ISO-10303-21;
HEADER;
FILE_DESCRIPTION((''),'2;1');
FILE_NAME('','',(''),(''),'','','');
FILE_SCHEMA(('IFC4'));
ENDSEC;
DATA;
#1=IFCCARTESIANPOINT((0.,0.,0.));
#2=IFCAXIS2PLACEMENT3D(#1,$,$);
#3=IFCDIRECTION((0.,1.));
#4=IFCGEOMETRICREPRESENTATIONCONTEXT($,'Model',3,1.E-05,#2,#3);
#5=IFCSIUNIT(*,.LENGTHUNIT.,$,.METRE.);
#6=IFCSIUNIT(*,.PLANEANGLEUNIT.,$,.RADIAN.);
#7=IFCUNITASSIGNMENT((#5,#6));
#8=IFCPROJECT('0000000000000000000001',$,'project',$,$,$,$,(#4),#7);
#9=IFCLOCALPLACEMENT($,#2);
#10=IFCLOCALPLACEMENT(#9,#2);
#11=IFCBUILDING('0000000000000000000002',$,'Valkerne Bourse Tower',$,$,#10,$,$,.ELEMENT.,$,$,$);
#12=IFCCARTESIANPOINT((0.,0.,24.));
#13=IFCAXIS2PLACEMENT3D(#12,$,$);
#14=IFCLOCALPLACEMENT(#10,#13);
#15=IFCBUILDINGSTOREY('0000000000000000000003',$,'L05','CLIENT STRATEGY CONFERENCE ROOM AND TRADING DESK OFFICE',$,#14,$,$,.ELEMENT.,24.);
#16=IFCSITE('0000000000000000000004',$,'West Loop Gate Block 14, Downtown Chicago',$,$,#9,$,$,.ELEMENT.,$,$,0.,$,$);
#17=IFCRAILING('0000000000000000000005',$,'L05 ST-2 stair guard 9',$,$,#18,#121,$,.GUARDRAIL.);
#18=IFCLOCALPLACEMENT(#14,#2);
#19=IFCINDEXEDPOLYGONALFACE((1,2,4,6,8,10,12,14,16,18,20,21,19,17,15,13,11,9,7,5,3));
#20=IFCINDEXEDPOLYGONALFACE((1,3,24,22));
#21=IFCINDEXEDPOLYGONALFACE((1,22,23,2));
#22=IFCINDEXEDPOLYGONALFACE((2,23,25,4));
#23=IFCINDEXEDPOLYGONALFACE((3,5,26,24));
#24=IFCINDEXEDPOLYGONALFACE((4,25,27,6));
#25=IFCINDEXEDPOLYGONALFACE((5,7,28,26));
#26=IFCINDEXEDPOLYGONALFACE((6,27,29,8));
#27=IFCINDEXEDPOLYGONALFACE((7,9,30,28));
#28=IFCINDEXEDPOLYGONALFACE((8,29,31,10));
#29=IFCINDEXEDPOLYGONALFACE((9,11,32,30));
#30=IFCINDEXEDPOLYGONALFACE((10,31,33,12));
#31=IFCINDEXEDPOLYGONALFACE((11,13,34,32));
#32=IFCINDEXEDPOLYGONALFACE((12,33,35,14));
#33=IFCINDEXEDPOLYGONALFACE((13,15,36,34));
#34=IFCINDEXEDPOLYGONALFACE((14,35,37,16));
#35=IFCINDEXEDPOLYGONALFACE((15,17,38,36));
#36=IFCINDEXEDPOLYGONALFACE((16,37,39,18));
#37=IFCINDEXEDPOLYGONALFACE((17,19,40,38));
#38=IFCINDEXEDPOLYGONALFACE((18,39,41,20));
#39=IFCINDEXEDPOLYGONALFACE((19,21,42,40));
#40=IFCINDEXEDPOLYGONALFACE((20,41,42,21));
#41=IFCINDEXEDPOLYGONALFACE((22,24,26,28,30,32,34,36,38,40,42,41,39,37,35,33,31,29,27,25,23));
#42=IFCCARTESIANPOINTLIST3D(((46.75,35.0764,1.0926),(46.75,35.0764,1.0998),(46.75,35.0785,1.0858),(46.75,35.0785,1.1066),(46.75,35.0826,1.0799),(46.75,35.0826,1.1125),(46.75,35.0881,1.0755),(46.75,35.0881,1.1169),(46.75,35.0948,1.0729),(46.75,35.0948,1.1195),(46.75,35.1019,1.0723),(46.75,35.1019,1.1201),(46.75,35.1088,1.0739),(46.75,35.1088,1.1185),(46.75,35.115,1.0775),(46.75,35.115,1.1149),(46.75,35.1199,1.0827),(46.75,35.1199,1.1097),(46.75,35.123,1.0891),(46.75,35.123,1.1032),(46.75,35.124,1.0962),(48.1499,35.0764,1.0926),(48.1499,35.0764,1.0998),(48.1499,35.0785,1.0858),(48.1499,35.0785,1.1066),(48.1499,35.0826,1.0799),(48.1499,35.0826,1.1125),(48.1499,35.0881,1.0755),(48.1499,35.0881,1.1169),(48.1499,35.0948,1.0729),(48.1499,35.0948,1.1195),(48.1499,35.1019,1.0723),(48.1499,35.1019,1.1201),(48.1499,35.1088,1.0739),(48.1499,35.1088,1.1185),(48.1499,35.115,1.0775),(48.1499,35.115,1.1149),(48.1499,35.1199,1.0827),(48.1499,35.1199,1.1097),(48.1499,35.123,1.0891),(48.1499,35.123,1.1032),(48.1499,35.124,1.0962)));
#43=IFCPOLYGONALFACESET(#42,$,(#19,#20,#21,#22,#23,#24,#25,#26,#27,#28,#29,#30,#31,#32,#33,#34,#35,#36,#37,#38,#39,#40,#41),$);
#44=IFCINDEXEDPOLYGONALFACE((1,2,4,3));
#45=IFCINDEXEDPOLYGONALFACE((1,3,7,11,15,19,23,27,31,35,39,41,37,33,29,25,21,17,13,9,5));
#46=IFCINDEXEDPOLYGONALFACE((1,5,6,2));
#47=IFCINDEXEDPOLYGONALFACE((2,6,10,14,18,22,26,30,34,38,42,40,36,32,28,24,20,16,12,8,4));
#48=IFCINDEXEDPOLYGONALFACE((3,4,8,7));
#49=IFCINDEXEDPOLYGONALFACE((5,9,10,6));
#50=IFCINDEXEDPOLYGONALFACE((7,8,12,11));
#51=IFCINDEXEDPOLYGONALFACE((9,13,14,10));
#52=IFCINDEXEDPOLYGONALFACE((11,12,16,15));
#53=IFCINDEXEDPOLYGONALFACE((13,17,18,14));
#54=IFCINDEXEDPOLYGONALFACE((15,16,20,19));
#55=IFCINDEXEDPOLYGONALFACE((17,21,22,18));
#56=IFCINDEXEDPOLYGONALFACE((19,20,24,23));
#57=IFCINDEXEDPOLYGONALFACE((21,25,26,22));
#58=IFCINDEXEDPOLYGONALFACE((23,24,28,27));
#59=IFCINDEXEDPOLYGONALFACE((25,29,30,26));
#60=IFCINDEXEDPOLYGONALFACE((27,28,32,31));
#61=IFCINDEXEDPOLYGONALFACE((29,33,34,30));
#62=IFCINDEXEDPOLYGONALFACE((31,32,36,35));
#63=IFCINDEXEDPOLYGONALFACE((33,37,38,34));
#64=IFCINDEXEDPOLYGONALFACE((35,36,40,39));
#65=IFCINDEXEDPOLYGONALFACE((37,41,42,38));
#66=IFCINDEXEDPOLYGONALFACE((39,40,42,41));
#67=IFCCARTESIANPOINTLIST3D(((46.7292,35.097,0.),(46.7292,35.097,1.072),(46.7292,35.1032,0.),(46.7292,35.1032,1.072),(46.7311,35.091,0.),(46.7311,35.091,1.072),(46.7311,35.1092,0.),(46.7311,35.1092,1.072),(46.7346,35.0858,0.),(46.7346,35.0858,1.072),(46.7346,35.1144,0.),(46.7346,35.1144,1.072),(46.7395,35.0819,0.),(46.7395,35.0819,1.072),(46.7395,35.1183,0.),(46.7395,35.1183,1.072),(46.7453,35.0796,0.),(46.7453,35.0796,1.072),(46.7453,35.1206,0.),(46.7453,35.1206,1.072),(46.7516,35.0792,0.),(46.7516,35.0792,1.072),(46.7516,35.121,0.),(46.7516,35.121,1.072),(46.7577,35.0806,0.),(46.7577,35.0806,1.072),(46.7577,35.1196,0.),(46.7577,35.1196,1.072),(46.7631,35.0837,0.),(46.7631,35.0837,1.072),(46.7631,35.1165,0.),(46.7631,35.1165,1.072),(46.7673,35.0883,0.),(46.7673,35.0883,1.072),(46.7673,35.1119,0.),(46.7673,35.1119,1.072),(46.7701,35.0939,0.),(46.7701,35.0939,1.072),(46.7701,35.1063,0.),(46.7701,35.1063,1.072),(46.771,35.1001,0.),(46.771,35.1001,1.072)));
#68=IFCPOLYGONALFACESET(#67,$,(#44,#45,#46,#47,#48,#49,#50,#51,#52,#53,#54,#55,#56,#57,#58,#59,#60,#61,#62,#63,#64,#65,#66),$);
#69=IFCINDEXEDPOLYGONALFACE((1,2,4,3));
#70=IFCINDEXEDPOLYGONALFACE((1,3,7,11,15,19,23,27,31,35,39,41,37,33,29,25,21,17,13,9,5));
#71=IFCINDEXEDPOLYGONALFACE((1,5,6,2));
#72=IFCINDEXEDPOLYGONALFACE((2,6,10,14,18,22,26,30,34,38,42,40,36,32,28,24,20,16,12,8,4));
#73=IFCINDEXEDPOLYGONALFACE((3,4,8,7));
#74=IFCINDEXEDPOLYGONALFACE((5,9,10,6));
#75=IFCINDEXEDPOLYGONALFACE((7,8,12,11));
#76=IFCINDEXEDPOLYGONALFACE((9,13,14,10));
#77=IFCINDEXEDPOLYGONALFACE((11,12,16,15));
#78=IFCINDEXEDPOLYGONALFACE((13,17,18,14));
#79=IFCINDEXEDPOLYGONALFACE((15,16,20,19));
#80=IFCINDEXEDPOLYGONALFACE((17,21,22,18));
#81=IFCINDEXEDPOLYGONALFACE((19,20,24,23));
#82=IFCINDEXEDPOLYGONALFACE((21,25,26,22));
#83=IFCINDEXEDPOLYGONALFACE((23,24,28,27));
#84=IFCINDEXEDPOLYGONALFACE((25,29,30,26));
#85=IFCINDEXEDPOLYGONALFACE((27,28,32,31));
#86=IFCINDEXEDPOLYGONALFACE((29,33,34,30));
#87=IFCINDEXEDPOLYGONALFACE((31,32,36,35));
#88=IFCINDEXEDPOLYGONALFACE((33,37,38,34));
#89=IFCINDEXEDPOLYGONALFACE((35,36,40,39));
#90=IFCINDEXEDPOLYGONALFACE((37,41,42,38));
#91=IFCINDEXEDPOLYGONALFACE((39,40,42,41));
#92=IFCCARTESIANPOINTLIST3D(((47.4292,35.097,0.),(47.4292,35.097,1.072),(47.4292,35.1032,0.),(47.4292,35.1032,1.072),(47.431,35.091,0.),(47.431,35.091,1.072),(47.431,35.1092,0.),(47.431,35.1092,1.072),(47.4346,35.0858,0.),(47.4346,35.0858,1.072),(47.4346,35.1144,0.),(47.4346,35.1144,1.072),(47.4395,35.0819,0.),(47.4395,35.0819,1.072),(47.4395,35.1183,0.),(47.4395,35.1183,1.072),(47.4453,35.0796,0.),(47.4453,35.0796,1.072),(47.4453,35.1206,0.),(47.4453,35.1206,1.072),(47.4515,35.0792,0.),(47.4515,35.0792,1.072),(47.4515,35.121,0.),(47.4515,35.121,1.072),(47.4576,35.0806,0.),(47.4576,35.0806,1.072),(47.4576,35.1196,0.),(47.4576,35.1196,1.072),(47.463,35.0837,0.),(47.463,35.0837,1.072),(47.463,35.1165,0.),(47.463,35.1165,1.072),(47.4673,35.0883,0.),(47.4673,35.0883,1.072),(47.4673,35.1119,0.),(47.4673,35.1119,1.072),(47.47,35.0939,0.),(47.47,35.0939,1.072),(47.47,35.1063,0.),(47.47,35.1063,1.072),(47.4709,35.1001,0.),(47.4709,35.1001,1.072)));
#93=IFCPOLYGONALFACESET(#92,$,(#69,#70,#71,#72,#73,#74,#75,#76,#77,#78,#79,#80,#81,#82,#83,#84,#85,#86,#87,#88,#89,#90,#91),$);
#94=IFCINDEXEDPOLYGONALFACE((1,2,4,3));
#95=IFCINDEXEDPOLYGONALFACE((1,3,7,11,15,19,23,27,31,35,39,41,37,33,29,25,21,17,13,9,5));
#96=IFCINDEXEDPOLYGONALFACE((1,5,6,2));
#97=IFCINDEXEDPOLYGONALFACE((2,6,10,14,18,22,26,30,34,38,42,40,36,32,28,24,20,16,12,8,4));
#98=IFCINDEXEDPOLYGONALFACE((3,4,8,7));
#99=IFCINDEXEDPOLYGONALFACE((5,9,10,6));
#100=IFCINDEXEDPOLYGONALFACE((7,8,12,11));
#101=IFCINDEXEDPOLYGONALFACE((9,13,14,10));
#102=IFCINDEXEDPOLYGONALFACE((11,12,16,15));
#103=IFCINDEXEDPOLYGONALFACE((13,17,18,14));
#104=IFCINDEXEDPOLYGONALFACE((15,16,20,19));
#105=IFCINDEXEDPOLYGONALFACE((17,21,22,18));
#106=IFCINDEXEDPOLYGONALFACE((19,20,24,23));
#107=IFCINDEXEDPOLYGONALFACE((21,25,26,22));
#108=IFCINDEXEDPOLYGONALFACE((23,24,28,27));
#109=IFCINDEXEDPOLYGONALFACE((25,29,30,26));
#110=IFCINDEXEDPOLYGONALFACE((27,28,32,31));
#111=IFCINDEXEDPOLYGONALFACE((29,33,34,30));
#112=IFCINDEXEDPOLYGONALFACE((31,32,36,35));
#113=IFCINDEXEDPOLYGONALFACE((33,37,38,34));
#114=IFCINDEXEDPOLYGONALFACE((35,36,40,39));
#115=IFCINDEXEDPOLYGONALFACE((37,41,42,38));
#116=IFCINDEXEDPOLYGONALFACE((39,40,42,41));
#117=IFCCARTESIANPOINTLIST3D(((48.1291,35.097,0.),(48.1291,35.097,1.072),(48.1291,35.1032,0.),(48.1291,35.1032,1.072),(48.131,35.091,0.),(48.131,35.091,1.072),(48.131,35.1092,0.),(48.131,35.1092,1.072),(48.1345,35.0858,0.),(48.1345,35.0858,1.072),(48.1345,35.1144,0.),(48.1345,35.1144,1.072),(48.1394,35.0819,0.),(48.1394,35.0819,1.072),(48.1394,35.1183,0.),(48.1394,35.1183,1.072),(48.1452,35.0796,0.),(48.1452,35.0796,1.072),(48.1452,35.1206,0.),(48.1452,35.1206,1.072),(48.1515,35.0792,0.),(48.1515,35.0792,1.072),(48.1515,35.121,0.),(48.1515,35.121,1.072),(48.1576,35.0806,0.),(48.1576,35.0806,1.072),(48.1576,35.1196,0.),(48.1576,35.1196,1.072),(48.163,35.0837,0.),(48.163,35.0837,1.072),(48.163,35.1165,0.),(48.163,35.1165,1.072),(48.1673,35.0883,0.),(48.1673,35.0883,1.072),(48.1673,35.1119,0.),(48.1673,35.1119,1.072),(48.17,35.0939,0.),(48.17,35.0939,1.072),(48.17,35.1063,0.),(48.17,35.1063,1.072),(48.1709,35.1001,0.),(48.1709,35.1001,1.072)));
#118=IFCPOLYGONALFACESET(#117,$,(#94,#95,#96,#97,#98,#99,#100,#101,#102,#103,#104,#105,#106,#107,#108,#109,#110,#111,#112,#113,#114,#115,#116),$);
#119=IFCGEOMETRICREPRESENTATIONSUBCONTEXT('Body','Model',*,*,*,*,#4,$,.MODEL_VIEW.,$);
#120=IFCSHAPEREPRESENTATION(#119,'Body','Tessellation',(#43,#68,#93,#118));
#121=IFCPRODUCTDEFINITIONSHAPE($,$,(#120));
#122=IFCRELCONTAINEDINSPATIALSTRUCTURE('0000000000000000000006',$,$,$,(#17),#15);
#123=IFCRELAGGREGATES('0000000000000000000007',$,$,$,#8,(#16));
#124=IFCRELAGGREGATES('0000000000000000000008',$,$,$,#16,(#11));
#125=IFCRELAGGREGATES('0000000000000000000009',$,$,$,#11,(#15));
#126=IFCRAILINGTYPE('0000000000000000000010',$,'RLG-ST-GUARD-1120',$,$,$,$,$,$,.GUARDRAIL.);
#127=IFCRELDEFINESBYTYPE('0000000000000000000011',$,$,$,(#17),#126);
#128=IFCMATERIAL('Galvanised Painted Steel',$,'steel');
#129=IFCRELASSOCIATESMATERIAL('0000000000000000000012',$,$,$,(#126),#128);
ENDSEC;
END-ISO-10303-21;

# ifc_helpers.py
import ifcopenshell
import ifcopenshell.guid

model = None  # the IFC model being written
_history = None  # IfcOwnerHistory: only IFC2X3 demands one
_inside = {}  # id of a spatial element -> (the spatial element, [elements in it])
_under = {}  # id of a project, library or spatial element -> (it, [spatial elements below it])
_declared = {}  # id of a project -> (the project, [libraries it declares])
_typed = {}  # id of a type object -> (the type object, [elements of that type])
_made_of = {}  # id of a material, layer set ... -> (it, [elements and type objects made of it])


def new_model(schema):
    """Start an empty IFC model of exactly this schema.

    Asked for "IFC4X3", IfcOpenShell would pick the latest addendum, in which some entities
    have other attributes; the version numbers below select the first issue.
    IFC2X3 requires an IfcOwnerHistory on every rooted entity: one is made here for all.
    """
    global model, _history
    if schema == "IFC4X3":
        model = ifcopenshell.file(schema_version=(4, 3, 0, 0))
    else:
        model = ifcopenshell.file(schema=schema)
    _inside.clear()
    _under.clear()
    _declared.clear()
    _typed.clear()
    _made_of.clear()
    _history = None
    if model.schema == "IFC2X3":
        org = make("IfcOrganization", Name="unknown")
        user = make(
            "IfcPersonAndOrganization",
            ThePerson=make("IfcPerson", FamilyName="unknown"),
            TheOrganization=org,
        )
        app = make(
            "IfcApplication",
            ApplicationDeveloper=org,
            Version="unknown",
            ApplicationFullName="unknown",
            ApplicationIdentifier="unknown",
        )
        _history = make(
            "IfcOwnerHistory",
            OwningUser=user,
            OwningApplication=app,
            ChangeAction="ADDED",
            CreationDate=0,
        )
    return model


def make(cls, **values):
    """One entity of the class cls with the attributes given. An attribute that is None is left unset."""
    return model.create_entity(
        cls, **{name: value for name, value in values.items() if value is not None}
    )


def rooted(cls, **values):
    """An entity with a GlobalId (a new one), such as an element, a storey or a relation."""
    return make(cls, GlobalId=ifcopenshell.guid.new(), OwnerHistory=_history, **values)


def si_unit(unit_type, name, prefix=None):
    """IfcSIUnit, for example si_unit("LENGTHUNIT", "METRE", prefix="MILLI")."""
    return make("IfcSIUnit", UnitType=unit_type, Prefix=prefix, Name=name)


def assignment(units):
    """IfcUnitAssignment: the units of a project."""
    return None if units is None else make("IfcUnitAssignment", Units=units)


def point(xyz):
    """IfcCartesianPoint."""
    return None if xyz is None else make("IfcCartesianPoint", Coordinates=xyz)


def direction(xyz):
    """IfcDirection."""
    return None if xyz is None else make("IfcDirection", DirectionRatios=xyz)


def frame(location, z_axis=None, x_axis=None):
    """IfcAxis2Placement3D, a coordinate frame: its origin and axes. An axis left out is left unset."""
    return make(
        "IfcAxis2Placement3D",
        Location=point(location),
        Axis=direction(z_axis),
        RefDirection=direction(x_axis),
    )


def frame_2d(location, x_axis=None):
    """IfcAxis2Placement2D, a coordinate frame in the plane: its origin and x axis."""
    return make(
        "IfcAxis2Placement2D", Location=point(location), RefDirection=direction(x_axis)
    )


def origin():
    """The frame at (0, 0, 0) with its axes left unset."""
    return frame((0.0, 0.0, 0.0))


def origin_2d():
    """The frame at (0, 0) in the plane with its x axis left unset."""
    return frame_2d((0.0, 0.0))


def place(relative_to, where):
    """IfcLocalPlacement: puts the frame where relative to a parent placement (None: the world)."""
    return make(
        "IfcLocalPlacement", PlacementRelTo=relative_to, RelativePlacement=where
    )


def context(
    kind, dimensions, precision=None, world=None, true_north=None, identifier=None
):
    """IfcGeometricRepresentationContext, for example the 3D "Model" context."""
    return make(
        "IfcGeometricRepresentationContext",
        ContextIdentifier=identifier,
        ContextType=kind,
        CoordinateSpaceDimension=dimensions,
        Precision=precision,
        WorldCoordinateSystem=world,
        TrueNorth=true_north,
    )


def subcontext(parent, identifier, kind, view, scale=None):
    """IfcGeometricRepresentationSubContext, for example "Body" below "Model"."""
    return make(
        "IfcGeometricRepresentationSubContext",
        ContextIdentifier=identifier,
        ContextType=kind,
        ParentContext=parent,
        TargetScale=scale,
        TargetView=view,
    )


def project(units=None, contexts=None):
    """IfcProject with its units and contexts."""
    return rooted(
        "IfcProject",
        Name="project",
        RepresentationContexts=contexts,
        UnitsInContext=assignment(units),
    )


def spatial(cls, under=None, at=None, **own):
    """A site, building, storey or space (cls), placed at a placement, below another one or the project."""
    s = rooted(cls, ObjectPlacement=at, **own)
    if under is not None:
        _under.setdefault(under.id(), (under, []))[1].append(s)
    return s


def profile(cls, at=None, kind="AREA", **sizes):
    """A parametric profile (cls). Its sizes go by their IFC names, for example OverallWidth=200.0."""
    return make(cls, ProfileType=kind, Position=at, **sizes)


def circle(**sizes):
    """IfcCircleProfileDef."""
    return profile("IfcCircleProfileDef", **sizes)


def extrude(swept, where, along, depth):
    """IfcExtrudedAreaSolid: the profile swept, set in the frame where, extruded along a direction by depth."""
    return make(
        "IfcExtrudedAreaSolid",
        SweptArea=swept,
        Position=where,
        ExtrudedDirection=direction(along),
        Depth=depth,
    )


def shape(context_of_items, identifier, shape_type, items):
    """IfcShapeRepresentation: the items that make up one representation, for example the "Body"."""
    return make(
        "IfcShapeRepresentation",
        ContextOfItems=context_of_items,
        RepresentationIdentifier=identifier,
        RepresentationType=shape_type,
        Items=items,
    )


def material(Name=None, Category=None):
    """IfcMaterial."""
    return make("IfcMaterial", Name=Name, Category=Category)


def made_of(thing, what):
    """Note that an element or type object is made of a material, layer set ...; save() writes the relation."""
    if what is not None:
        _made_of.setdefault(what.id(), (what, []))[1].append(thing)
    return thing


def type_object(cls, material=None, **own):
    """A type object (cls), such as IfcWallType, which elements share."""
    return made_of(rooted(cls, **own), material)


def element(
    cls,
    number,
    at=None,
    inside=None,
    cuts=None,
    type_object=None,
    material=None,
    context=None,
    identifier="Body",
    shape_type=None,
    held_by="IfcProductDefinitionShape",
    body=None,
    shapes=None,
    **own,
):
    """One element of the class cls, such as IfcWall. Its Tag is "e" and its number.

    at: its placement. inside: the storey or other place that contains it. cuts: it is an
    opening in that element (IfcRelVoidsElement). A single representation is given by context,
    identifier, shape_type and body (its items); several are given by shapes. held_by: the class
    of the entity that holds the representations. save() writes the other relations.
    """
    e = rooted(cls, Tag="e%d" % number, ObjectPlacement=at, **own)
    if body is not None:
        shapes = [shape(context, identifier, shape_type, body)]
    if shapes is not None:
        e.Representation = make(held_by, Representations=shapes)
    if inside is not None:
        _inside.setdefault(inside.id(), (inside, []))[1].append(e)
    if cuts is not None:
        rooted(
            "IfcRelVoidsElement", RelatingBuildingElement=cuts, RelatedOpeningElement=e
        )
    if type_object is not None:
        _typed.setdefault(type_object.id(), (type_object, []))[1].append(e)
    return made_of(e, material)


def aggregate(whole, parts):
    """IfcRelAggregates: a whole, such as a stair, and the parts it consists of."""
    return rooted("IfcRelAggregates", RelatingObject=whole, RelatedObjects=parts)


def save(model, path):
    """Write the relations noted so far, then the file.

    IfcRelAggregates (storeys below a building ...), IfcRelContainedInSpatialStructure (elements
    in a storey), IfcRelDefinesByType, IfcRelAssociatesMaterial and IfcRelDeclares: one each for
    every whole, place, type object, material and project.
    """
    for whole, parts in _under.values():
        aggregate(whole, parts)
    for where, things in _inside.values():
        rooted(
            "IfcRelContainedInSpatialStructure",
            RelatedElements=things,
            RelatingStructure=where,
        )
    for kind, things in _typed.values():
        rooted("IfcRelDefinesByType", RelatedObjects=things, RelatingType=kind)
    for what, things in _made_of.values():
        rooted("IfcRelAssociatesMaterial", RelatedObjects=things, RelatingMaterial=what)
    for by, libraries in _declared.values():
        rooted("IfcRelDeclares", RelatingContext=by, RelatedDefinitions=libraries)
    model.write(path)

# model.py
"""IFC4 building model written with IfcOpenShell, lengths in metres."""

from ifc_helpers import new_model, si_unit, direction, frame, origin, origin_2d, place, context, subcontext, project, spatial, circle, extrude, material, type_object, element, save


model = new_model("IFC4")

# Units and contexts
model_context = context("Model", 3, precision=1e-05, world=origin(), true_north=direction((0.0, 1.0)))
body_context = subcontext(model_context, "Body", "Model", "MODEL_VIEW")
ifc_project = project(units=[si_unit("LENGTHUNIT", "METRE"), si_unit("PLANEANGLEUNIT", "RADIAN")], contexts=[model_context])

# Site, building, storey
site_placement = place(None, origin())
site = spatial("IfcSite", under=ifc_project, at=site_placement, Name="West Loop Gate Block 14, Downtown Chicago", CompositionType="ELEMENT", RefElevation=0.0)
building_placement = place(site_placement, origin())
building = spatial("IfcBuilding", under=site, at=building_placement, Name="Valkerne Bourse Tower", CompositionType="ELEMENT")
storey_placement = place(building_placement, frame((0.0, 0.0, 24.0)))
storey = spatial("IfcBuildingStorey", under=building, at=storey_placement, Name="L05", Description="CLIENT STRATEGY CONFERENCE ROOM AND TRADING DESK OFFICE", CompositionType="ELEMENT", Elevation=24.0)

# Shared definitions
ifc_material_1 = material(Name="Galvanised Painted Steel", Category="steel")

# Railing
railing_type_1 = type_object("IfcRailingType", Name="RLG-ST-GUARD-1120", PredefinedType="GUARDRAIL", material=ifc_material_1)
for number, where, name in (
    (1, (46.75, 35.1001, 0.0), "L05 ST-2 stair guard 9"),
):
    element("IfcRailing", number, at=place(storey_placement, frame(where)), inside=storey, type_object=railing_type_1, Name=name, PredefinedType="GUARDRAIL", context=body_context, shape_type="SweptSolid", body=[
        extrude(circle(Radius=0.0239, at=origin_2d()), frame((0.0, 0.0, 1.0962), z_axis=(1.0, 0.0, 0.0), x_axis=(0.0, 1.0, 0.0)), (0.0, 0.0, 1.0), 1.3999),
        extrude(circle(Radius=0.021, at=origin_2d()), origin(), (0.0, 0.0, 1.0), 1.072),
        extrude(circle(Radius=0.021, at=origin_2d()), frame((0.7, 0.0, 0.0)), (0.0, 0.0, 1.0), 1.072),
        extrude(circle(Radius=0.021, at=origin_2d()), frame((1.3999, 0.0, 0.0)), (0.0, 0.0, 1.0), 1.072),
    ])

save(model, "model.ifc")
